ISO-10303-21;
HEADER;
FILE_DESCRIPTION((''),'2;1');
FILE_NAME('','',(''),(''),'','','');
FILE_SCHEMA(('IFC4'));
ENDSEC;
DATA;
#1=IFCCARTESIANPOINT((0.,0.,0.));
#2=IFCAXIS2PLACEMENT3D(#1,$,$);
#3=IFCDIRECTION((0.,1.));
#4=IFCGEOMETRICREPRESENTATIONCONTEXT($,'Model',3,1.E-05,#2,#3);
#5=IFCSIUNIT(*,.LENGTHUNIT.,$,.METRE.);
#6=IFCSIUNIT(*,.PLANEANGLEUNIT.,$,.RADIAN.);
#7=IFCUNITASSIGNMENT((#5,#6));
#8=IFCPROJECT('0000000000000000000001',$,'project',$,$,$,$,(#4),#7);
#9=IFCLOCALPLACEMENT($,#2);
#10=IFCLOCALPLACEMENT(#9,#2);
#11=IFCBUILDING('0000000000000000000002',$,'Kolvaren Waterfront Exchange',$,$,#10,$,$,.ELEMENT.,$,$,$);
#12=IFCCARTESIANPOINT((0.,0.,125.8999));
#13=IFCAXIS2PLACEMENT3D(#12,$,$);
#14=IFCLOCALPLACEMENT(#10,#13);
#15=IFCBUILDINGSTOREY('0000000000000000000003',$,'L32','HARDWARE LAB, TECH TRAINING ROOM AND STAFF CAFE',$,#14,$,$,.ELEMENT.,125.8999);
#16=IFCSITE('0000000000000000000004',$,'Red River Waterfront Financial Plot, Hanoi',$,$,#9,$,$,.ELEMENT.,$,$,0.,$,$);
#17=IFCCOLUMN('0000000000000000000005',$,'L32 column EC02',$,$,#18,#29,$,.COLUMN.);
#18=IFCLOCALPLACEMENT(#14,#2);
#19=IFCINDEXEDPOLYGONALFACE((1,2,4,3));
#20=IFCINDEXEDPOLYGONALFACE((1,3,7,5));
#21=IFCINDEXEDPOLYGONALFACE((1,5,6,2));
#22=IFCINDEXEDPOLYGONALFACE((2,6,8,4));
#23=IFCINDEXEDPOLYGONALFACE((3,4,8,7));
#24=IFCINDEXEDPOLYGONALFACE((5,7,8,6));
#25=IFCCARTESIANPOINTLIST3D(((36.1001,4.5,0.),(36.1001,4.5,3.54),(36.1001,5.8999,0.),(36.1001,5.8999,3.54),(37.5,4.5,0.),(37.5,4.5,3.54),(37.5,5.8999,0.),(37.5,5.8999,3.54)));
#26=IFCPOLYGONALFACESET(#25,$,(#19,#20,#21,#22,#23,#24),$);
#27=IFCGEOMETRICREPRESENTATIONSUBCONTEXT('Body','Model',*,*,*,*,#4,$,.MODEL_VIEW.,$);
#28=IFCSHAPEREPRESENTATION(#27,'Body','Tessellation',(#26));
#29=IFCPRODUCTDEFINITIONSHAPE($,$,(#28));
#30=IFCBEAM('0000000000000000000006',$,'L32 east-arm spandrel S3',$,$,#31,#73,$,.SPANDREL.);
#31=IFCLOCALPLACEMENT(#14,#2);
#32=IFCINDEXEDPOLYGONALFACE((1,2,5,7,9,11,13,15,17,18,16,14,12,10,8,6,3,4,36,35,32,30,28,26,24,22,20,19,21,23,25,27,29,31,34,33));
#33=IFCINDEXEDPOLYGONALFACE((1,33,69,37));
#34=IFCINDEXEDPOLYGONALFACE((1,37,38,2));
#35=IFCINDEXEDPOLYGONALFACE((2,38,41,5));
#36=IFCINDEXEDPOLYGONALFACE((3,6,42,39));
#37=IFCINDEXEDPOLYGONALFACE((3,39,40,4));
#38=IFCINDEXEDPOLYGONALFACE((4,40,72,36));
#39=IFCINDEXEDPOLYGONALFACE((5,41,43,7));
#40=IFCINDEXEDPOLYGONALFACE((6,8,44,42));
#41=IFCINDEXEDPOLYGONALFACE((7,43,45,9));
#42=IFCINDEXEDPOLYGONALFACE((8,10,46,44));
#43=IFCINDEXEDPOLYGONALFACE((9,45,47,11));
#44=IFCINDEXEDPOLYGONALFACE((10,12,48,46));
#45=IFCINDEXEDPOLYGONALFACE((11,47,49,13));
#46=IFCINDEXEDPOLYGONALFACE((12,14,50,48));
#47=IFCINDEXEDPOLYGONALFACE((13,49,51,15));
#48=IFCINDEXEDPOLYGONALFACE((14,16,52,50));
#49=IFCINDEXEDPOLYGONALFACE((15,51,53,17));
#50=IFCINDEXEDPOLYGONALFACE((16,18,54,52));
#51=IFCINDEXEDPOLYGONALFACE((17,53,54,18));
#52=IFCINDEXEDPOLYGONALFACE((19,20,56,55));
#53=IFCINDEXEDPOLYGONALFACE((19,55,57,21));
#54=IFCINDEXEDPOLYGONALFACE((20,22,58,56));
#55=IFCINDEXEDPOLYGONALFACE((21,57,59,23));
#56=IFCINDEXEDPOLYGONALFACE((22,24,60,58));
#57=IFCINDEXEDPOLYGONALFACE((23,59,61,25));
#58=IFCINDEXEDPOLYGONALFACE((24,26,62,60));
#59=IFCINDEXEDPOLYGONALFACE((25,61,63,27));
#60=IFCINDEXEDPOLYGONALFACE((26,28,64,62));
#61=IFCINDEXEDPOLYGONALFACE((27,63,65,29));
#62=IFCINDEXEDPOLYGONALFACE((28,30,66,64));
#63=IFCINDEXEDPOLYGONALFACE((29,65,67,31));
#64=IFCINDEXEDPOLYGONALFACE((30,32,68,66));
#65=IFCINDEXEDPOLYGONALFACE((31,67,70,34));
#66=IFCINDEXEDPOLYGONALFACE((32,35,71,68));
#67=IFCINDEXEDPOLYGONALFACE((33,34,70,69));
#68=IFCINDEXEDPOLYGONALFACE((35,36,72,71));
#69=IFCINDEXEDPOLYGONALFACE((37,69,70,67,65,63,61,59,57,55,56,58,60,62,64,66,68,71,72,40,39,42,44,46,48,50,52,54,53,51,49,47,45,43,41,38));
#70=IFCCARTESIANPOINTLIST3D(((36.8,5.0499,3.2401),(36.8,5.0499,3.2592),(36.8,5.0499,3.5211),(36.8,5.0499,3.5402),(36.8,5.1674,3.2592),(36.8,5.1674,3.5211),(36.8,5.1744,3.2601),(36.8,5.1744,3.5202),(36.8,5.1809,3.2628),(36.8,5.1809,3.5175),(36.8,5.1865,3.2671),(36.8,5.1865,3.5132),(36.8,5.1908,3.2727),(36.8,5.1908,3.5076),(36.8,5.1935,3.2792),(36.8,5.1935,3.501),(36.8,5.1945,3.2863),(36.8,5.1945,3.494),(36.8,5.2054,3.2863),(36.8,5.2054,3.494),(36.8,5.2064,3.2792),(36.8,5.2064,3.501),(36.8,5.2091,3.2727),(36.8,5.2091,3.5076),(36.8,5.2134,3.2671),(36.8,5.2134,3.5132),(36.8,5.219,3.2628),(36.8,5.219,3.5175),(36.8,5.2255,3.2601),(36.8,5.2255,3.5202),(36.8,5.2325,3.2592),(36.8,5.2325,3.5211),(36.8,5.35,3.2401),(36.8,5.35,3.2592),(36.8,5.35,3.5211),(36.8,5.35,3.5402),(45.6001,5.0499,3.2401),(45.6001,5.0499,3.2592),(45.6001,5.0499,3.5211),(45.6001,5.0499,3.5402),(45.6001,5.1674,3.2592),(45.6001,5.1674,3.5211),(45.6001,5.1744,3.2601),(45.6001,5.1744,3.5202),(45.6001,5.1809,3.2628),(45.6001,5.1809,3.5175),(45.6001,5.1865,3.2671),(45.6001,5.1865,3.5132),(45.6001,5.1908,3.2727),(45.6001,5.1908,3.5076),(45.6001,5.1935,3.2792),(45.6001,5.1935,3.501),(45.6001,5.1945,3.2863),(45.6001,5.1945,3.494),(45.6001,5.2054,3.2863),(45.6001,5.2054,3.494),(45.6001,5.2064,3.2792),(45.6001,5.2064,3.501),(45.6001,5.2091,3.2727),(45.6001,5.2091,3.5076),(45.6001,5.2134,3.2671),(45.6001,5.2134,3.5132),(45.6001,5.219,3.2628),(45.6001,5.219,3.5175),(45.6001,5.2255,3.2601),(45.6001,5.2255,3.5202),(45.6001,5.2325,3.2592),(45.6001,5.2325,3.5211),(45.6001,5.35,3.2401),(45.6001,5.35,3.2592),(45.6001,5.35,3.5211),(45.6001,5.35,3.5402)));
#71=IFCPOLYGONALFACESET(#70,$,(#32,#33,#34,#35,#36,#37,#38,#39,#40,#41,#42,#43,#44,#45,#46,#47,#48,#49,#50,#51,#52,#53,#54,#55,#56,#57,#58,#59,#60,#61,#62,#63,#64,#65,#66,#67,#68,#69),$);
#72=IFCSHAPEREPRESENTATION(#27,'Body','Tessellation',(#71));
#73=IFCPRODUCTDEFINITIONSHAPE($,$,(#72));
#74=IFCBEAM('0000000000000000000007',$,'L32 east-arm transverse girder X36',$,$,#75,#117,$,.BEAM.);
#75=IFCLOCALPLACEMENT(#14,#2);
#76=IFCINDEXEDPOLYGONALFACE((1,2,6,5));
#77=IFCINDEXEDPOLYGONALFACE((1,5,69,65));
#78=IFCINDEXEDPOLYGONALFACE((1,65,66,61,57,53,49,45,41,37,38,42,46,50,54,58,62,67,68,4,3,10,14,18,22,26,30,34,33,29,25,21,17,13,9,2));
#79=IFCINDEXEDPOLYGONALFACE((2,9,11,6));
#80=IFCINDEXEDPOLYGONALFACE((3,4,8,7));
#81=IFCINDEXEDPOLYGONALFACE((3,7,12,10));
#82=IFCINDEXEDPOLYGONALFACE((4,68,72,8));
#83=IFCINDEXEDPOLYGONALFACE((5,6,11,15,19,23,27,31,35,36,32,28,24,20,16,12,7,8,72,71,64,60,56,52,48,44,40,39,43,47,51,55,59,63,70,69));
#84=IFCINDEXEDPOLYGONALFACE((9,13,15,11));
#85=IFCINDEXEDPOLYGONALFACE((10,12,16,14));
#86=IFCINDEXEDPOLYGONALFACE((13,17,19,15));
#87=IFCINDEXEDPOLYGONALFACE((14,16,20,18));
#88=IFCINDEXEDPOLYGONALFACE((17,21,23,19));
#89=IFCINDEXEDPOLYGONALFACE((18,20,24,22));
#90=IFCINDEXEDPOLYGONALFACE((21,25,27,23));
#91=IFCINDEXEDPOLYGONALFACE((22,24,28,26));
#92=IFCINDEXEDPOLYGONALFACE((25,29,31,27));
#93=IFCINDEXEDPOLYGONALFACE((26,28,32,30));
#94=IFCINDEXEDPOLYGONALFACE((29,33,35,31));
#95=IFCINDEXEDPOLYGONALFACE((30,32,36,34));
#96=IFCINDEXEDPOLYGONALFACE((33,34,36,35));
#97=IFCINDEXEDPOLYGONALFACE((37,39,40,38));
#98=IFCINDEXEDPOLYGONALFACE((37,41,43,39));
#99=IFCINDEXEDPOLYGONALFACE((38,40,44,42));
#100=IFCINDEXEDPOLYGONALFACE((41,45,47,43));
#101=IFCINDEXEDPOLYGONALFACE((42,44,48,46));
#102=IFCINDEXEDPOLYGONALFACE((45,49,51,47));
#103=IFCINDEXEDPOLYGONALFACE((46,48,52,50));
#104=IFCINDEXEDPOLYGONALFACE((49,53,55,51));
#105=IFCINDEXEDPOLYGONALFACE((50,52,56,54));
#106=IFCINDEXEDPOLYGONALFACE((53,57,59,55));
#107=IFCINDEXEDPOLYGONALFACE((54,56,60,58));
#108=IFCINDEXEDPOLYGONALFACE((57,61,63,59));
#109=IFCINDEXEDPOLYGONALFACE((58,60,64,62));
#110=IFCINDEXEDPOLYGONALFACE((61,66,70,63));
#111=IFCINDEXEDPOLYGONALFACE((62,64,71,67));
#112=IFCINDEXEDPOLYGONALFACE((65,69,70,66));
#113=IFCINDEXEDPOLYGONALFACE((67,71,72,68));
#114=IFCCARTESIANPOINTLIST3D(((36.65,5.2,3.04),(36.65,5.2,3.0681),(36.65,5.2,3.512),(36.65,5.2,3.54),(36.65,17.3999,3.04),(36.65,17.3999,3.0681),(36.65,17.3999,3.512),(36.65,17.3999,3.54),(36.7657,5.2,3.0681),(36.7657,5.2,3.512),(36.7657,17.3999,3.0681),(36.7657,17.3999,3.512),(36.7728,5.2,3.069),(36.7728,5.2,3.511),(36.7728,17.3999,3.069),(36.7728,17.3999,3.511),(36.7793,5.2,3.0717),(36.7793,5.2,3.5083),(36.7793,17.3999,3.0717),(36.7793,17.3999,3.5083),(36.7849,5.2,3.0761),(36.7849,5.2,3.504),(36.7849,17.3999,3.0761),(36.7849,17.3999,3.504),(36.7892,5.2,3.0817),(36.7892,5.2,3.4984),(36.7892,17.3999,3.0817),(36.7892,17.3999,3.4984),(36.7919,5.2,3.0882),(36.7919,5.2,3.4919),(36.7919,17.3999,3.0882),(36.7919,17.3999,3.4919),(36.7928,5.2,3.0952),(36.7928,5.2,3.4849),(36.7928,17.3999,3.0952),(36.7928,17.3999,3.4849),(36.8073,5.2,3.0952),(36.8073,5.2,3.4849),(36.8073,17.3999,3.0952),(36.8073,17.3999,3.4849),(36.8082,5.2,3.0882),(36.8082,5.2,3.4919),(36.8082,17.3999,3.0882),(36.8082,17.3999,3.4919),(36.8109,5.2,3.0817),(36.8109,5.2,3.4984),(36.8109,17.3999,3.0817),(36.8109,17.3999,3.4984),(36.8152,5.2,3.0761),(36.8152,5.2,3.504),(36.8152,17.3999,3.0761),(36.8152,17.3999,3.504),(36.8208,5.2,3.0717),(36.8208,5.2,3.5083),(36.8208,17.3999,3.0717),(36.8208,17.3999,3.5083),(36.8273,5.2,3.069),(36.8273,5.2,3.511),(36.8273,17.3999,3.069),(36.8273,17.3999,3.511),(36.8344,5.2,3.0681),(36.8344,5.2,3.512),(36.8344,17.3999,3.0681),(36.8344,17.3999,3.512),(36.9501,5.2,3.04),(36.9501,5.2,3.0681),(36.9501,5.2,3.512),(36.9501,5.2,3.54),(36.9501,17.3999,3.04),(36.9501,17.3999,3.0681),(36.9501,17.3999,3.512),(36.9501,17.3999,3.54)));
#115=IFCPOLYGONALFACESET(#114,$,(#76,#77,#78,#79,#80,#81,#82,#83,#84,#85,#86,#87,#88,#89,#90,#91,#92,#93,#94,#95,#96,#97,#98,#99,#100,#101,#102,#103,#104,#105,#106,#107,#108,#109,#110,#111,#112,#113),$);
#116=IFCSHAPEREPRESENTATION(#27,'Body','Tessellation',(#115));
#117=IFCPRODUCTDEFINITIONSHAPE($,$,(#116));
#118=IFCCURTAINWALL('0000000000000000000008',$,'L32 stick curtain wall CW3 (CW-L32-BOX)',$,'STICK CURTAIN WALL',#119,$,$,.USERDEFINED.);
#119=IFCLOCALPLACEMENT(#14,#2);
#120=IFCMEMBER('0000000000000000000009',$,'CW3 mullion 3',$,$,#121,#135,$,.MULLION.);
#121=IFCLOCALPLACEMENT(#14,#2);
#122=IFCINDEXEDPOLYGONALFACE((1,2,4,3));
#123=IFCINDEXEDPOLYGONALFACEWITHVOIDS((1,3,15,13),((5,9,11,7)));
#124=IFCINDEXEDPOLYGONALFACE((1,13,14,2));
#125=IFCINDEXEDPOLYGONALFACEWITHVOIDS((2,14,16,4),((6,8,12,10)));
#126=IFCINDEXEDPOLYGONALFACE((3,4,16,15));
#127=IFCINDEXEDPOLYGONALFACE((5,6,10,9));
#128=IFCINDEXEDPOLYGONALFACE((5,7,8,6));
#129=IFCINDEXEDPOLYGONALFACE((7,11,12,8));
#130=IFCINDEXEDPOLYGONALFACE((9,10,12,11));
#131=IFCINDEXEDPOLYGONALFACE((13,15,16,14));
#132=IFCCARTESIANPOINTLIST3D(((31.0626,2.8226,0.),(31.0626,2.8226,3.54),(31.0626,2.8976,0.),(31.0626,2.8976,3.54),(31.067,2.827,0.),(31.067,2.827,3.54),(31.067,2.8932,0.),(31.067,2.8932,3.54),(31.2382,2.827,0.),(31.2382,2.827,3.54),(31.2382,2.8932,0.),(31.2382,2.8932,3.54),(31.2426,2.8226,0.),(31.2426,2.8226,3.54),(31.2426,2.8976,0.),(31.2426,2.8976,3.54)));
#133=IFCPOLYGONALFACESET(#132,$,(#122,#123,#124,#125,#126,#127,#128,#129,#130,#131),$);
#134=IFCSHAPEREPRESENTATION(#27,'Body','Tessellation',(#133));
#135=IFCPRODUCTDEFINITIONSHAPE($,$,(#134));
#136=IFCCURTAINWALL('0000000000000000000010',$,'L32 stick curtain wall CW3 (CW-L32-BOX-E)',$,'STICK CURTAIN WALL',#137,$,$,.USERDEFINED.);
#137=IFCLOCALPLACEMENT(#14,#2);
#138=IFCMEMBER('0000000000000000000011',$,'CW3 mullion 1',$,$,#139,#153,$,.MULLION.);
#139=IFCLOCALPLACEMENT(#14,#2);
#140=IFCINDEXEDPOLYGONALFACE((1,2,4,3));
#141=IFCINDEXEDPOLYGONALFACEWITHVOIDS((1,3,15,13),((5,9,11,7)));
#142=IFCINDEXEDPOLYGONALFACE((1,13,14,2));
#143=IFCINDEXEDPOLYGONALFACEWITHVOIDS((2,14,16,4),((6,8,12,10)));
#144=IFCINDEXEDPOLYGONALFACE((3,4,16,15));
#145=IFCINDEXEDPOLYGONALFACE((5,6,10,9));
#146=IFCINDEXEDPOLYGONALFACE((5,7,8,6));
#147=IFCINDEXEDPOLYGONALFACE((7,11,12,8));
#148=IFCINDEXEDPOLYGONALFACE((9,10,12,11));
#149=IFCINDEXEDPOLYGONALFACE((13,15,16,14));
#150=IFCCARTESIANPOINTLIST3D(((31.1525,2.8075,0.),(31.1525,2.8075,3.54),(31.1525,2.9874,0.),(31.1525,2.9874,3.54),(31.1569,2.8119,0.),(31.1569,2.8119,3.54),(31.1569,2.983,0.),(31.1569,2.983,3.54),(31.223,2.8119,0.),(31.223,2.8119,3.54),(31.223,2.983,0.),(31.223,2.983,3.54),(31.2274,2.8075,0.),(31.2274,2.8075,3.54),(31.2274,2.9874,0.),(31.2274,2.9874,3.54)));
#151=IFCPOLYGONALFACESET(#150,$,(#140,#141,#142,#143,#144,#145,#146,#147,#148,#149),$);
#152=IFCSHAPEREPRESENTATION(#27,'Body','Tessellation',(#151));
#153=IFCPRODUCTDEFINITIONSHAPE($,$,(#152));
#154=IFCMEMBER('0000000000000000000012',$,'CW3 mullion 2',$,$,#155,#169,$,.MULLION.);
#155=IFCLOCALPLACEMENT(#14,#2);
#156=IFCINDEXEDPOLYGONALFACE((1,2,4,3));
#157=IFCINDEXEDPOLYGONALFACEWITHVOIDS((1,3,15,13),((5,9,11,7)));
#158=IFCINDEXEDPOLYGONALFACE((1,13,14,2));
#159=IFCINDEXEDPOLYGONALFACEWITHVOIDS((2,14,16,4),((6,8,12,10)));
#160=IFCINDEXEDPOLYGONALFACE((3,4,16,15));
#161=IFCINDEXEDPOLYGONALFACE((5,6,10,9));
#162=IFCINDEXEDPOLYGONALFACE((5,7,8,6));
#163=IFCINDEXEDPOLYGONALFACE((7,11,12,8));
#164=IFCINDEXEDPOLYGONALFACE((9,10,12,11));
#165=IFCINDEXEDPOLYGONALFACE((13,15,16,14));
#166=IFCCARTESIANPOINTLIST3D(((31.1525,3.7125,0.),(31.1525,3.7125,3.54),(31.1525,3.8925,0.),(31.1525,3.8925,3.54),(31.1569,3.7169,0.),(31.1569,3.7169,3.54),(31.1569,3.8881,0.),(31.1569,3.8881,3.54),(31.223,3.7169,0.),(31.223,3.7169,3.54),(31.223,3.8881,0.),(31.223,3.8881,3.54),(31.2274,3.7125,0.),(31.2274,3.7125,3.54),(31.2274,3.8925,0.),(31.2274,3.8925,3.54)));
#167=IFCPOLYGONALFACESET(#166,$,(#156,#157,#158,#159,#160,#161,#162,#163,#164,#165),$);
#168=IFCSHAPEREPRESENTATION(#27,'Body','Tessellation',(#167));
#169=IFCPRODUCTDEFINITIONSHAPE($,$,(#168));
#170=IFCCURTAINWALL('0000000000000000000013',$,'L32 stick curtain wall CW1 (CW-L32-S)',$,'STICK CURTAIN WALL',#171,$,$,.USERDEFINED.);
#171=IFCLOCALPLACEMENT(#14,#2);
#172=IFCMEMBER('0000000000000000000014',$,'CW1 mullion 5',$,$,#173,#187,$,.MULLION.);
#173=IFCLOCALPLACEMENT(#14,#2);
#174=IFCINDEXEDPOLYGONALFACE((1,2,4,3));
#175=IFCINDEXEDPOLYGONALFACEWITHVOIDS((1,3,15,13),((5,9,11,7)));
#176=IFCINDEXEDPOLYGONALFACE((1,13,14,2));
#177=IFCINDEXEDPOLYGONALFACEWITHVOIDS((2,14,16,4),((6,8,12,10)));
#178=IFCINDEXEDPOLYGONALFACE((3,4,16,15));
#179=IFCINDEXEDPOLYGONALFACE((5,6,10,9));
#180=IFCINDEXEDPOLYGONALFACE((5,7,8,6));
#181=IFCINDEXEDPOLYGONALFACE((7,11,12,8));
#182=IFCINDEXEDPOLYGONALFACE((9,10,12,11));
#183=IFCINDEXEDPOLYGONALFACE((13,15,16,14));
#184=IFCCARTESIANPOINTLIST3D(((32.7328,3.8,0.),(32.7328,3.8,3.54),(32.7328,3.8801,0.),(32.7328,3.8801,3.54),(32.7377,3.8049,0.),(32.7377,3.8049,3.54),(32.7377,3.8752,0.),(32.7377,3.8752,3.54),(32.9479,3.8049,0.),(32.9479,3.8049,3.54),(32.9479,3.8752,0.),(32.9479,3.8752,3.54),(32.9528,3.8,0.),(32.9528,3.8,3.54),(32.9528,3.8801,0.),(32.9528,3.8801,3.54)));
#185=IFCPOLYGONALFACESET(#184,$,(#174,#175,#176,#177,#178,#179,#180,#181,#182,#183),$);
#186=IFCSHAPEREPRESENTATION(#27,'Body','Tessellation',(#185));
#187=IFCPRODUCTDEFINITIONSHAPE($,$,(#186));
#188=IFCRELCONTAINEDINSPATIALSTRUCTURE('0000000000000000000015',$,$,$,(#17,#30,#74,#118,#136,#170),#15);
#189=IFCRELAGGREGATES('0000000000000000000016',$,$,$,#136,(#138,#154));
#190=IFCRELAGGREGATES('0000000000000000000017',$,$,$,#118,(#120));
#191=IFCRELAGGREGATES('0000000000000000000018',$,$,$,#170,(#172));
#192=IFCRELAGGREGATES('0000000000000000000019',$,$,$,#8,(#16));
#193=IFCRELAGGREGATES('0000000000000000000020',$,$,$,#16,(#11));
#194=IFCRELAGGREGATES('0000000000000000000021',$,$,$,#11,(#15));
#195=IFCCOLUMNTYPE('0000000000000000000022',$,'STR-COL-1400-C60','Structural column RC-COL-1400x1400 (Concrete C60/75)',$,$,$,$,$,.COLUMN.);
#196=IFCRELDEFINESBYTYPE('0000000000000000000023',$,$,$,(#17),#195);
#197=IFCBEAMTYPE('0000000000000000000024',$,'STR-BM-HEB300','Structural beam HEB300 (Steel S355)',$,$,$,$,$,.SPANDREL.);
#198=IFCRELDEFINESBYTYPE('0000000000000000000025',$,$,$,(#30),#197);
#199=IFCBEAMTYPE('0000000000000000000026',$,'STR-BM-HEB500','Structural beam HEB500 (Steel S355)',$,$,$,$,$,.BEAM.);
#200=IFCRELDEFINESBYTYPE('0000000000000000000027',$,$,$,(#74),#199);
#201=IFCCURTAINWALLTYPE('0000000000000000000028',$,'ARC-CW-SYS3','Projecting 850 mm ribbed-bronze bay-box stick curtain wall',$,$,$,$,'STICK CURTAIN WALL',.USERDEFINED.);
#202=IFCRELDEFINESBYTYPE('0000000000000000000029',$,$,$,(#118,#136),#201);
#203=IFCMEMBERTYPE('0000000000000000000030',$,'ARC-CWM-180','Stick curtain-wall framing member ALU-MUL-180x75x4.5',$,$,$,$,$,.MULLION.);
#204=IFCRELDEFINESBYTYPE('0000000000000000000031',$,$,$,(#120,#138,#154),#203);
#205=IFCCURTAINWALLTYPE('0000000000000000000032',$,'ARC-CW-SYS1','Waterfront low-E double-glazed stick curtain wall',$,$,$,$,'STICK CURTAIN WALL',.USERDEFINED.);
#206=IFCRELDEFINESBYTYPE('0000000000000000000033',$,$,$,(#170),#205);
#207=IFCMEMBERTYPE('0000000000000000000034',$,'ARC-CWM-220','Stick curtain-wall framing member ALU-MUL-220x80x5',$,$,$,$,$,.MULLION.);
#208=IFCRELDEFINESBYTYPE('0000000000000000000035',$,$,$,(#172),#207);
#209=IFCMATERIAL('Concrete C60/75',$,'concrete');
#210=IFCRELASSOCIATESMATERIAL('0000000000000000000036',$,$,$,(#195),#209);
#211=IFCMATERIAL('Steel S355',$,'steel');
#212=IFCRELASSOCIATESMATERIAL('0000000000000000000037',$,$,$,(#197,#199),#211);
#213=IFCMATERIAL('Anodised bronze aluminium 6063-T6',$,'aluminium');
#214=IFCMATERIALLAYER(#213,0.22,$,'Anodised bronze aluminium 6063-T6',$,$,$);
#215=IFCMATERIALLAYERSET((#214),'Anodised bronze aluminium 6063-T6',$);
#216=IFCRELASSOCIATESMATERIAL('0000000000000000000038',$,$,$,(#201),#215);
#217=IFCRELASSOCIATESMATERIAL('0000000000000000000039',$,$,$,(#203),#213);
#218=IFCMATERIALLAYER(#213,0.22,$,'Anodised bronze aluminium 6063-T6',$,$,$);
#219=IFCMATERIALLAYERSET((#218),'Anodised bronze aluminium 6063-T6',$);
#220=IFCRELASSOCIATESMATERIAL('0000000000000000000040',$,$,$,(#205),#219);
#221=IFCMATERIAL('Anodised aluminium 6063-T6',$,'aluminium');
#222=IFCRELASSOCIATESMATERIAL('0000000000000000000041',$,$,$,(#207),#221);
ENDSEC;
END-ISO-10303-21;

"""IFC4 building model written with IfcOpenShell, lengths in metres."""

from ifc_helpers import new_model, si_unit, direction, frame, origin, origin_with_axes, origin_2d, place, context, subcontext, project, spatial, rectangle, hollow_rectangle, i_section, extrude, source, transform, mapped, material, layer, layer_set, material_profile, profile_set, type_object, element, aggregate, save


model = new_model("IFC4")

# Units and contexts
model_context = context("Model", 3, precision=1e-05, world=origin(), true_north=direction((0.0, 1.0)))
body_context = subcontext(model_context, "Body", "Model", "MODEL_VIEW")
ifc_project = project(units=[si_unit("LENGTHUNIT", "METRE"), si_unit("PLANEANGLEUNIT", "RADIAN")], contexts=[model_context])

# Site, building, storey
site_placement = place(None, origin())
site = spatial("IfcSite", under=ifc_project, at=site_placement, Name="Red River Waterfront Financial Plot, Hanoi", CompositionType="ELEMENT", RefElevation=0.0)
building_placement = place(site_placement, origin())
building = spatial("IfcBuilding", under=site, at=building_placement, Name="Kolvaren Waterfront Exchange", CompositionType="ELEMENT")
storey_placement = place(building_placement, frame((0.0, 0.0, 125.8999)))
storey = spatial("IfcBuildingStorey", under=building, at=storey_placement, Name="L32", Description="HARDWARE LAB, TECH TRAINING ROOM AND STAFF CAFE", CompositionType="ELEMENT", Elevation=125.8999)

# Column
ifc_material_1 = material(Name="Concrete C60/75", Category="concrete")
ifc_material_profile_1 = material_profile(ifc_material_1, rectangle(XDim=1.3999, YDim=1.3999, at=origin_2d()), Name="RC-COL-1400x1400")
ifc_profile_set_1 = profile_set([ifc_material_profile_1], Name="Concrete C60/75")
column_type = type_object("IfcColumnType", Name="STR-COL-1400-C60", Description="Structural column RC-COL-1400x1400 (Concrete C60/75)", PredefinedType="COLUMN", material=ifc_profile_set_1)
column_placement = place(storey_placement, frame((36.8, 5.2, 0.0), z_axis=(0.0, 0.0, 1.0), x_axis=(1.0, 0.0, 0.0)))
element("IfcColumn", 1, at=column_placement, inside=storey, type_object=column_type, Name="L32 column EC02", PredefinedType="COLUMN", context=body_context, shape_type="SweptSolid", body=[
    extrude(rectangle(XDim=1.3999, YDim=1.3999, at=origin_2d()), origin(), (0.0, 0.0, 1.0), 3.54),
])

# Beams
ifc_material_2 = material(Name="Steel S355", Category="steel")
ifc_material_profile_2 = material_profile(ifc_material_2, i_section(OverallWidth=0.3, OverallDepth=0.3, WebThickness=0.011, FlangeThickness=0.019, FilletRadius=0.0271, at=origin_2d()), Name="HEB300")
ifc_profile_set_2 = profile_set([ifc_material_profile_2], Name="Steel S355")
beam_type_1 = type_object("IfcBeamType", Name="STR-BM-HEB300", Description="Structural beam HEB300 (Steel S355)", PredefinedType="SPANDREL", material=ifc_profile_set_2)
beam_1_placement = place(storey_placement, frame((36.8, 5.2, 3.3901), z_axis=(1.0, 0.0, 0.0), x_axis=(0.0, 1.0, 0.0)))
element("IfcBeam", 2, at=beam_1_placement, inside=storey, type_object=beam_type_1, Name="L32 east-arm spandrel S3", PredefinedType="SPANDREL", context=body_context, shape_type="SweptSolid", body=[
    extrude(i_section(OverallWidth=0.3, OverallDepth=0.3, WebThickness=0.011, FlangeThickness=0.019, FilletRadius=0.0271, at=origin_2d()), origin(), (0.0, 0.0, 1.0), 8.8),
])
ifc_material_profile_3 = material_profile(ifc_material_2, i_section(OverallWidth=0.3, OverallDepth=0.5, WebThickness=0.0144, FlangeThickness=0.0281, FilletRadius=0.0271, at=origin_2d()), Name="HEB500")
ifc_profile_set_3 = profile_set([ifc_material_profile_3], Name="Steel S355")
beam_type_2 = type_object("IfcBeamType", Name="STR-BM-HEB500", Description="Structural beam HEB500 (Steel S355)", PredefinedType="BEAM", material=ifc_profile_set_3)
beam_2_placement = place(storey_placement, frame((36.8, 5.2, 3.29), z_axis=(0.0, 1.0, 0.0), x_axis=(-1.0, 0.0, 0.0)))
element("IfcBeam", 3, at=beam_2_placement, inside=storey, type_object=beam_type_2, Name="L32 east-arm transverse girder X36", PredefinedType="BEAM", context=body_context, shape_type="SweptSolid", body=[
    extrude(i_section(OverallWidth=0.3, OverallDepth=0.5, WebThickness=0.0144, FlangeThickness=0.0281, FilletRadius=0.0271, at=origin_2d()), origin(), (0.0, 0.0, 1.0), 12.2),
])

# Curtain wall, member
ifc_material_3 = material(Name="Anodised bronze aluminium 6063-T6", Category="aluminium")
ifc_layer_1 = layer(ifc_material_3, 0.22, Name="Anodised bronze aluminium 6063-T6")
ifc_layer_set_1 = layer_set([ifc_layer_1], Name="Anodised bronze aluminium 6063-T6")
curtain_wall_type_1 = type_object("IfcCurtainWallType", Name="ARC-CW-SYS3", Description="Projecting 850 mm ribbed-bronze bay-box stick curtain wall", ElementType="STICK CURTAIN WALL", PredefinedType="USERDEFINED", material=ifc_layer_set_1)
curtain_wall_1_placement = place(storey_placement, origin())
curtain_wall_1 = element("IfcCurtainWall", 4, at=curtain_wall_1_placement, inside=storey, type_object=curtain_wall_type_1, Name="L32 stick curtain wall CW3 (CW-L32-BOX)", ObjectType="STICK CURTAIN WALL", PredefinedType="USERDEFINED")
ifc_material_profile_4 = material_profile(ifc_material_3, hollow_rectangle(XDim=0.075, YDim=0.1799, WallThickness=0.0044, at=origin_2d()), Name="ALU-MUL-180x75x4.5")
ifc_profile_set_4 = profile_set([ifc_material_profile_4], Name="Anodised bronze aluminium 6063-T6")
member_type_1 = type_object("IfcMemberType", Name="ARC-CWM-180", Description="Stick curtain-wall framing member ALU-MUL-180x75x4.5", PredefinedType="MULLION", material=ifc_profile_set_4)
shared_shape_1 = source(origin_with_axes(), body_context, "Body", "SweptSolid", [
    extrude(hollow_rectangle(XDim=0.075, YDim=0.1799, WallThickness=0.0044, at=origin_2d()), origin(), (0.0, 0.0, 1.0), 3.54),
])
member_1_placement = place(storey_placement, frame((31.1526, 2.8601, 0.0), z_axis=(0.0, 0.0, 1.0), x_axis=(0.0, 1.0, 0.0)))
member_1 = element("IfcMember", 5, at=member_1_placement, type_object=member_type_1, Name="CW3 mullion 3", PredefinedType="MULLION", context=body_context, shape_type="MappedRepresentation", body=[
    mapped(shared_shape_1, transform((0.0, 0.0, 0.0), x_axis=(1.0, 0.0, 0.0), y_axis=(0.0, 1.0, 0.0), z_axis=(0.0, 0.0, 1.0), scale=1.0)),
])

# Curtain wall, members
curtain_wall_2_placement = place(storey_placement, origin())
curtain_wall_2 = element("IfcCurtainWall", 6, at=curtain_wall_2_placement, inside=storey, type_object=curtain_wall_type_1, Name="L32 stick curtain wall CW3 (CW-L32-BOX-E)", ObjectType="STICK CURTAIN WALL", PredefinedType="USERDEFINED")
member_2_placement = place(storey_placement, frame((31.1899, 2.8975, 0.0), z_axis=(0.0, 0.0, 1.0), x_axis=(-1.0, 0.0, 0.0)))
member_2 = element("IfcMember", 7, at=member_2_placement, type_object=member_type_1, Name="CW3 mullion 1", PredefinedType="MULLION", context=body_context, shape_type="MappedRepresentation", body=[
    mapped(shared_shape_1, transform((0.0, 0.0, 0.0), x_axis=(1.0, 0.0, 0.0), y_axis=(0.0, 1.0, 0.0), z_axis=(0.0, 0.0, 1.0), scale=1.0)),
])
member_3_placement = place(storey_placement, frame((31.1899, 3.8025, 0.0), z_axis=(0.0, 0.0, 1.0), x_axis=(-1.0, 0.0, 0.0)))
member_3 = element("IfcMember", 8, at=member_3_placement, type_object=member_type_1, Name="CW3 mullion 2", PredefinedType="MULLION", context=body_context, shape_type="MappedRepresentation", body=[
    mapped(shared_shape_1, transform((0.0, 0.0, 0.0), x_axis=(1.0, 0.0, 0.0), y_axis=(0.0, 1.0, 0.0), z_axis=(0.0, 0.0, 1.0), scale=1.0)),
])

# Curtain wall, member
ifc_layer_2 = layer(ifc_material_3, 0.22, Name="Anodised bronze aluminium 6063-T6")
ifc_layer_set_2 = layer_set([ifc_layer_2], Name="Anodised bronze aluminium 6063-T6")
curtain_wall_type_2 = type_object("IfcCurtainWallType", Name="ARC-CW-SYS1", Description="Waterfront low-E double-glazed stick curtain wall", ElementType="STICK CURTAIN WALL", PredefinedType="USERDEFINED", material=ifc_layer_set_2)
curtain_wall_3_placement = place(storey_placement, origin())
curtain_wall_3 = element("IfcCurtainWall", 9, at=curtain_wall_3_placement, inside=storey, type_object=curtain_wall_type_2, Name="L32 stick curtain wall CW1 (CW-L32-S)", ObjectType="STICK CURTAIN WALL", PredefinedType="USERDEFINED")
ifc_material_4 = material(Name="Anodised aluminium 6063-T6", Category="aluminium")
ifc_material_profile_5 = material_profile(ifc_material_4, hollow_rectangle(XDim=0.0801, YDim=0.22, WallThickness=0.0049, at=origin_2d()), Name="ALU-MUL-220x80x5")
ifc_profile_set_5 = profile_set([ifc_material_profile_5], Name="Anodised aluminium 6063-T6")
member_type_2 = type_object("IfcMemberType", Name="ARC-CWM-220", Description="Stick curtain-wall framing member ALU-MUL-220x80x5", PredefinedType="MULLION", material=ifc_profile_set_5)
shared_shape_2 = source(origin_with_axes(), body_context, "Body", "SweptSolid", [
    extrude(hollow_rectangle(XDim=0.0801, YDim=0.22, WallThickness=0.0049, at=origin_2d()), origin(), (0.0, 0.0, 1.0), 3.54),
])
member_4_placement = place(storey_placement, frame((32.8428, 3.8401, 0.0), z_axis=(0.0, 0.0, 1.0), x_axis=(0.0, 1.0, 0.0)))
member_4 = element("IfcMember", 10, at=member_4_placement, type_object=member_type_2, Name="CW1 mullion 5", PredefinedType="MULLION", context=body_context, shape_type="MappedRepresentation", body=[
    mapped(shared_shape_2, transform((0.0, 0.0, 0.0), x_axis=(1.0, 0.0, 0.0), y_axis=(0.0, 1.0, 0.0), z_axis=(0.0, 0.0, 1.0), scale=1.0)),
])

aggregate(curtain_wall_2, [member_2, member_3])
aggregate(curtain_wall_1, [member_1])
aggregate(curtain_wall_3, [member_4])

save(model, "model.ifc")
